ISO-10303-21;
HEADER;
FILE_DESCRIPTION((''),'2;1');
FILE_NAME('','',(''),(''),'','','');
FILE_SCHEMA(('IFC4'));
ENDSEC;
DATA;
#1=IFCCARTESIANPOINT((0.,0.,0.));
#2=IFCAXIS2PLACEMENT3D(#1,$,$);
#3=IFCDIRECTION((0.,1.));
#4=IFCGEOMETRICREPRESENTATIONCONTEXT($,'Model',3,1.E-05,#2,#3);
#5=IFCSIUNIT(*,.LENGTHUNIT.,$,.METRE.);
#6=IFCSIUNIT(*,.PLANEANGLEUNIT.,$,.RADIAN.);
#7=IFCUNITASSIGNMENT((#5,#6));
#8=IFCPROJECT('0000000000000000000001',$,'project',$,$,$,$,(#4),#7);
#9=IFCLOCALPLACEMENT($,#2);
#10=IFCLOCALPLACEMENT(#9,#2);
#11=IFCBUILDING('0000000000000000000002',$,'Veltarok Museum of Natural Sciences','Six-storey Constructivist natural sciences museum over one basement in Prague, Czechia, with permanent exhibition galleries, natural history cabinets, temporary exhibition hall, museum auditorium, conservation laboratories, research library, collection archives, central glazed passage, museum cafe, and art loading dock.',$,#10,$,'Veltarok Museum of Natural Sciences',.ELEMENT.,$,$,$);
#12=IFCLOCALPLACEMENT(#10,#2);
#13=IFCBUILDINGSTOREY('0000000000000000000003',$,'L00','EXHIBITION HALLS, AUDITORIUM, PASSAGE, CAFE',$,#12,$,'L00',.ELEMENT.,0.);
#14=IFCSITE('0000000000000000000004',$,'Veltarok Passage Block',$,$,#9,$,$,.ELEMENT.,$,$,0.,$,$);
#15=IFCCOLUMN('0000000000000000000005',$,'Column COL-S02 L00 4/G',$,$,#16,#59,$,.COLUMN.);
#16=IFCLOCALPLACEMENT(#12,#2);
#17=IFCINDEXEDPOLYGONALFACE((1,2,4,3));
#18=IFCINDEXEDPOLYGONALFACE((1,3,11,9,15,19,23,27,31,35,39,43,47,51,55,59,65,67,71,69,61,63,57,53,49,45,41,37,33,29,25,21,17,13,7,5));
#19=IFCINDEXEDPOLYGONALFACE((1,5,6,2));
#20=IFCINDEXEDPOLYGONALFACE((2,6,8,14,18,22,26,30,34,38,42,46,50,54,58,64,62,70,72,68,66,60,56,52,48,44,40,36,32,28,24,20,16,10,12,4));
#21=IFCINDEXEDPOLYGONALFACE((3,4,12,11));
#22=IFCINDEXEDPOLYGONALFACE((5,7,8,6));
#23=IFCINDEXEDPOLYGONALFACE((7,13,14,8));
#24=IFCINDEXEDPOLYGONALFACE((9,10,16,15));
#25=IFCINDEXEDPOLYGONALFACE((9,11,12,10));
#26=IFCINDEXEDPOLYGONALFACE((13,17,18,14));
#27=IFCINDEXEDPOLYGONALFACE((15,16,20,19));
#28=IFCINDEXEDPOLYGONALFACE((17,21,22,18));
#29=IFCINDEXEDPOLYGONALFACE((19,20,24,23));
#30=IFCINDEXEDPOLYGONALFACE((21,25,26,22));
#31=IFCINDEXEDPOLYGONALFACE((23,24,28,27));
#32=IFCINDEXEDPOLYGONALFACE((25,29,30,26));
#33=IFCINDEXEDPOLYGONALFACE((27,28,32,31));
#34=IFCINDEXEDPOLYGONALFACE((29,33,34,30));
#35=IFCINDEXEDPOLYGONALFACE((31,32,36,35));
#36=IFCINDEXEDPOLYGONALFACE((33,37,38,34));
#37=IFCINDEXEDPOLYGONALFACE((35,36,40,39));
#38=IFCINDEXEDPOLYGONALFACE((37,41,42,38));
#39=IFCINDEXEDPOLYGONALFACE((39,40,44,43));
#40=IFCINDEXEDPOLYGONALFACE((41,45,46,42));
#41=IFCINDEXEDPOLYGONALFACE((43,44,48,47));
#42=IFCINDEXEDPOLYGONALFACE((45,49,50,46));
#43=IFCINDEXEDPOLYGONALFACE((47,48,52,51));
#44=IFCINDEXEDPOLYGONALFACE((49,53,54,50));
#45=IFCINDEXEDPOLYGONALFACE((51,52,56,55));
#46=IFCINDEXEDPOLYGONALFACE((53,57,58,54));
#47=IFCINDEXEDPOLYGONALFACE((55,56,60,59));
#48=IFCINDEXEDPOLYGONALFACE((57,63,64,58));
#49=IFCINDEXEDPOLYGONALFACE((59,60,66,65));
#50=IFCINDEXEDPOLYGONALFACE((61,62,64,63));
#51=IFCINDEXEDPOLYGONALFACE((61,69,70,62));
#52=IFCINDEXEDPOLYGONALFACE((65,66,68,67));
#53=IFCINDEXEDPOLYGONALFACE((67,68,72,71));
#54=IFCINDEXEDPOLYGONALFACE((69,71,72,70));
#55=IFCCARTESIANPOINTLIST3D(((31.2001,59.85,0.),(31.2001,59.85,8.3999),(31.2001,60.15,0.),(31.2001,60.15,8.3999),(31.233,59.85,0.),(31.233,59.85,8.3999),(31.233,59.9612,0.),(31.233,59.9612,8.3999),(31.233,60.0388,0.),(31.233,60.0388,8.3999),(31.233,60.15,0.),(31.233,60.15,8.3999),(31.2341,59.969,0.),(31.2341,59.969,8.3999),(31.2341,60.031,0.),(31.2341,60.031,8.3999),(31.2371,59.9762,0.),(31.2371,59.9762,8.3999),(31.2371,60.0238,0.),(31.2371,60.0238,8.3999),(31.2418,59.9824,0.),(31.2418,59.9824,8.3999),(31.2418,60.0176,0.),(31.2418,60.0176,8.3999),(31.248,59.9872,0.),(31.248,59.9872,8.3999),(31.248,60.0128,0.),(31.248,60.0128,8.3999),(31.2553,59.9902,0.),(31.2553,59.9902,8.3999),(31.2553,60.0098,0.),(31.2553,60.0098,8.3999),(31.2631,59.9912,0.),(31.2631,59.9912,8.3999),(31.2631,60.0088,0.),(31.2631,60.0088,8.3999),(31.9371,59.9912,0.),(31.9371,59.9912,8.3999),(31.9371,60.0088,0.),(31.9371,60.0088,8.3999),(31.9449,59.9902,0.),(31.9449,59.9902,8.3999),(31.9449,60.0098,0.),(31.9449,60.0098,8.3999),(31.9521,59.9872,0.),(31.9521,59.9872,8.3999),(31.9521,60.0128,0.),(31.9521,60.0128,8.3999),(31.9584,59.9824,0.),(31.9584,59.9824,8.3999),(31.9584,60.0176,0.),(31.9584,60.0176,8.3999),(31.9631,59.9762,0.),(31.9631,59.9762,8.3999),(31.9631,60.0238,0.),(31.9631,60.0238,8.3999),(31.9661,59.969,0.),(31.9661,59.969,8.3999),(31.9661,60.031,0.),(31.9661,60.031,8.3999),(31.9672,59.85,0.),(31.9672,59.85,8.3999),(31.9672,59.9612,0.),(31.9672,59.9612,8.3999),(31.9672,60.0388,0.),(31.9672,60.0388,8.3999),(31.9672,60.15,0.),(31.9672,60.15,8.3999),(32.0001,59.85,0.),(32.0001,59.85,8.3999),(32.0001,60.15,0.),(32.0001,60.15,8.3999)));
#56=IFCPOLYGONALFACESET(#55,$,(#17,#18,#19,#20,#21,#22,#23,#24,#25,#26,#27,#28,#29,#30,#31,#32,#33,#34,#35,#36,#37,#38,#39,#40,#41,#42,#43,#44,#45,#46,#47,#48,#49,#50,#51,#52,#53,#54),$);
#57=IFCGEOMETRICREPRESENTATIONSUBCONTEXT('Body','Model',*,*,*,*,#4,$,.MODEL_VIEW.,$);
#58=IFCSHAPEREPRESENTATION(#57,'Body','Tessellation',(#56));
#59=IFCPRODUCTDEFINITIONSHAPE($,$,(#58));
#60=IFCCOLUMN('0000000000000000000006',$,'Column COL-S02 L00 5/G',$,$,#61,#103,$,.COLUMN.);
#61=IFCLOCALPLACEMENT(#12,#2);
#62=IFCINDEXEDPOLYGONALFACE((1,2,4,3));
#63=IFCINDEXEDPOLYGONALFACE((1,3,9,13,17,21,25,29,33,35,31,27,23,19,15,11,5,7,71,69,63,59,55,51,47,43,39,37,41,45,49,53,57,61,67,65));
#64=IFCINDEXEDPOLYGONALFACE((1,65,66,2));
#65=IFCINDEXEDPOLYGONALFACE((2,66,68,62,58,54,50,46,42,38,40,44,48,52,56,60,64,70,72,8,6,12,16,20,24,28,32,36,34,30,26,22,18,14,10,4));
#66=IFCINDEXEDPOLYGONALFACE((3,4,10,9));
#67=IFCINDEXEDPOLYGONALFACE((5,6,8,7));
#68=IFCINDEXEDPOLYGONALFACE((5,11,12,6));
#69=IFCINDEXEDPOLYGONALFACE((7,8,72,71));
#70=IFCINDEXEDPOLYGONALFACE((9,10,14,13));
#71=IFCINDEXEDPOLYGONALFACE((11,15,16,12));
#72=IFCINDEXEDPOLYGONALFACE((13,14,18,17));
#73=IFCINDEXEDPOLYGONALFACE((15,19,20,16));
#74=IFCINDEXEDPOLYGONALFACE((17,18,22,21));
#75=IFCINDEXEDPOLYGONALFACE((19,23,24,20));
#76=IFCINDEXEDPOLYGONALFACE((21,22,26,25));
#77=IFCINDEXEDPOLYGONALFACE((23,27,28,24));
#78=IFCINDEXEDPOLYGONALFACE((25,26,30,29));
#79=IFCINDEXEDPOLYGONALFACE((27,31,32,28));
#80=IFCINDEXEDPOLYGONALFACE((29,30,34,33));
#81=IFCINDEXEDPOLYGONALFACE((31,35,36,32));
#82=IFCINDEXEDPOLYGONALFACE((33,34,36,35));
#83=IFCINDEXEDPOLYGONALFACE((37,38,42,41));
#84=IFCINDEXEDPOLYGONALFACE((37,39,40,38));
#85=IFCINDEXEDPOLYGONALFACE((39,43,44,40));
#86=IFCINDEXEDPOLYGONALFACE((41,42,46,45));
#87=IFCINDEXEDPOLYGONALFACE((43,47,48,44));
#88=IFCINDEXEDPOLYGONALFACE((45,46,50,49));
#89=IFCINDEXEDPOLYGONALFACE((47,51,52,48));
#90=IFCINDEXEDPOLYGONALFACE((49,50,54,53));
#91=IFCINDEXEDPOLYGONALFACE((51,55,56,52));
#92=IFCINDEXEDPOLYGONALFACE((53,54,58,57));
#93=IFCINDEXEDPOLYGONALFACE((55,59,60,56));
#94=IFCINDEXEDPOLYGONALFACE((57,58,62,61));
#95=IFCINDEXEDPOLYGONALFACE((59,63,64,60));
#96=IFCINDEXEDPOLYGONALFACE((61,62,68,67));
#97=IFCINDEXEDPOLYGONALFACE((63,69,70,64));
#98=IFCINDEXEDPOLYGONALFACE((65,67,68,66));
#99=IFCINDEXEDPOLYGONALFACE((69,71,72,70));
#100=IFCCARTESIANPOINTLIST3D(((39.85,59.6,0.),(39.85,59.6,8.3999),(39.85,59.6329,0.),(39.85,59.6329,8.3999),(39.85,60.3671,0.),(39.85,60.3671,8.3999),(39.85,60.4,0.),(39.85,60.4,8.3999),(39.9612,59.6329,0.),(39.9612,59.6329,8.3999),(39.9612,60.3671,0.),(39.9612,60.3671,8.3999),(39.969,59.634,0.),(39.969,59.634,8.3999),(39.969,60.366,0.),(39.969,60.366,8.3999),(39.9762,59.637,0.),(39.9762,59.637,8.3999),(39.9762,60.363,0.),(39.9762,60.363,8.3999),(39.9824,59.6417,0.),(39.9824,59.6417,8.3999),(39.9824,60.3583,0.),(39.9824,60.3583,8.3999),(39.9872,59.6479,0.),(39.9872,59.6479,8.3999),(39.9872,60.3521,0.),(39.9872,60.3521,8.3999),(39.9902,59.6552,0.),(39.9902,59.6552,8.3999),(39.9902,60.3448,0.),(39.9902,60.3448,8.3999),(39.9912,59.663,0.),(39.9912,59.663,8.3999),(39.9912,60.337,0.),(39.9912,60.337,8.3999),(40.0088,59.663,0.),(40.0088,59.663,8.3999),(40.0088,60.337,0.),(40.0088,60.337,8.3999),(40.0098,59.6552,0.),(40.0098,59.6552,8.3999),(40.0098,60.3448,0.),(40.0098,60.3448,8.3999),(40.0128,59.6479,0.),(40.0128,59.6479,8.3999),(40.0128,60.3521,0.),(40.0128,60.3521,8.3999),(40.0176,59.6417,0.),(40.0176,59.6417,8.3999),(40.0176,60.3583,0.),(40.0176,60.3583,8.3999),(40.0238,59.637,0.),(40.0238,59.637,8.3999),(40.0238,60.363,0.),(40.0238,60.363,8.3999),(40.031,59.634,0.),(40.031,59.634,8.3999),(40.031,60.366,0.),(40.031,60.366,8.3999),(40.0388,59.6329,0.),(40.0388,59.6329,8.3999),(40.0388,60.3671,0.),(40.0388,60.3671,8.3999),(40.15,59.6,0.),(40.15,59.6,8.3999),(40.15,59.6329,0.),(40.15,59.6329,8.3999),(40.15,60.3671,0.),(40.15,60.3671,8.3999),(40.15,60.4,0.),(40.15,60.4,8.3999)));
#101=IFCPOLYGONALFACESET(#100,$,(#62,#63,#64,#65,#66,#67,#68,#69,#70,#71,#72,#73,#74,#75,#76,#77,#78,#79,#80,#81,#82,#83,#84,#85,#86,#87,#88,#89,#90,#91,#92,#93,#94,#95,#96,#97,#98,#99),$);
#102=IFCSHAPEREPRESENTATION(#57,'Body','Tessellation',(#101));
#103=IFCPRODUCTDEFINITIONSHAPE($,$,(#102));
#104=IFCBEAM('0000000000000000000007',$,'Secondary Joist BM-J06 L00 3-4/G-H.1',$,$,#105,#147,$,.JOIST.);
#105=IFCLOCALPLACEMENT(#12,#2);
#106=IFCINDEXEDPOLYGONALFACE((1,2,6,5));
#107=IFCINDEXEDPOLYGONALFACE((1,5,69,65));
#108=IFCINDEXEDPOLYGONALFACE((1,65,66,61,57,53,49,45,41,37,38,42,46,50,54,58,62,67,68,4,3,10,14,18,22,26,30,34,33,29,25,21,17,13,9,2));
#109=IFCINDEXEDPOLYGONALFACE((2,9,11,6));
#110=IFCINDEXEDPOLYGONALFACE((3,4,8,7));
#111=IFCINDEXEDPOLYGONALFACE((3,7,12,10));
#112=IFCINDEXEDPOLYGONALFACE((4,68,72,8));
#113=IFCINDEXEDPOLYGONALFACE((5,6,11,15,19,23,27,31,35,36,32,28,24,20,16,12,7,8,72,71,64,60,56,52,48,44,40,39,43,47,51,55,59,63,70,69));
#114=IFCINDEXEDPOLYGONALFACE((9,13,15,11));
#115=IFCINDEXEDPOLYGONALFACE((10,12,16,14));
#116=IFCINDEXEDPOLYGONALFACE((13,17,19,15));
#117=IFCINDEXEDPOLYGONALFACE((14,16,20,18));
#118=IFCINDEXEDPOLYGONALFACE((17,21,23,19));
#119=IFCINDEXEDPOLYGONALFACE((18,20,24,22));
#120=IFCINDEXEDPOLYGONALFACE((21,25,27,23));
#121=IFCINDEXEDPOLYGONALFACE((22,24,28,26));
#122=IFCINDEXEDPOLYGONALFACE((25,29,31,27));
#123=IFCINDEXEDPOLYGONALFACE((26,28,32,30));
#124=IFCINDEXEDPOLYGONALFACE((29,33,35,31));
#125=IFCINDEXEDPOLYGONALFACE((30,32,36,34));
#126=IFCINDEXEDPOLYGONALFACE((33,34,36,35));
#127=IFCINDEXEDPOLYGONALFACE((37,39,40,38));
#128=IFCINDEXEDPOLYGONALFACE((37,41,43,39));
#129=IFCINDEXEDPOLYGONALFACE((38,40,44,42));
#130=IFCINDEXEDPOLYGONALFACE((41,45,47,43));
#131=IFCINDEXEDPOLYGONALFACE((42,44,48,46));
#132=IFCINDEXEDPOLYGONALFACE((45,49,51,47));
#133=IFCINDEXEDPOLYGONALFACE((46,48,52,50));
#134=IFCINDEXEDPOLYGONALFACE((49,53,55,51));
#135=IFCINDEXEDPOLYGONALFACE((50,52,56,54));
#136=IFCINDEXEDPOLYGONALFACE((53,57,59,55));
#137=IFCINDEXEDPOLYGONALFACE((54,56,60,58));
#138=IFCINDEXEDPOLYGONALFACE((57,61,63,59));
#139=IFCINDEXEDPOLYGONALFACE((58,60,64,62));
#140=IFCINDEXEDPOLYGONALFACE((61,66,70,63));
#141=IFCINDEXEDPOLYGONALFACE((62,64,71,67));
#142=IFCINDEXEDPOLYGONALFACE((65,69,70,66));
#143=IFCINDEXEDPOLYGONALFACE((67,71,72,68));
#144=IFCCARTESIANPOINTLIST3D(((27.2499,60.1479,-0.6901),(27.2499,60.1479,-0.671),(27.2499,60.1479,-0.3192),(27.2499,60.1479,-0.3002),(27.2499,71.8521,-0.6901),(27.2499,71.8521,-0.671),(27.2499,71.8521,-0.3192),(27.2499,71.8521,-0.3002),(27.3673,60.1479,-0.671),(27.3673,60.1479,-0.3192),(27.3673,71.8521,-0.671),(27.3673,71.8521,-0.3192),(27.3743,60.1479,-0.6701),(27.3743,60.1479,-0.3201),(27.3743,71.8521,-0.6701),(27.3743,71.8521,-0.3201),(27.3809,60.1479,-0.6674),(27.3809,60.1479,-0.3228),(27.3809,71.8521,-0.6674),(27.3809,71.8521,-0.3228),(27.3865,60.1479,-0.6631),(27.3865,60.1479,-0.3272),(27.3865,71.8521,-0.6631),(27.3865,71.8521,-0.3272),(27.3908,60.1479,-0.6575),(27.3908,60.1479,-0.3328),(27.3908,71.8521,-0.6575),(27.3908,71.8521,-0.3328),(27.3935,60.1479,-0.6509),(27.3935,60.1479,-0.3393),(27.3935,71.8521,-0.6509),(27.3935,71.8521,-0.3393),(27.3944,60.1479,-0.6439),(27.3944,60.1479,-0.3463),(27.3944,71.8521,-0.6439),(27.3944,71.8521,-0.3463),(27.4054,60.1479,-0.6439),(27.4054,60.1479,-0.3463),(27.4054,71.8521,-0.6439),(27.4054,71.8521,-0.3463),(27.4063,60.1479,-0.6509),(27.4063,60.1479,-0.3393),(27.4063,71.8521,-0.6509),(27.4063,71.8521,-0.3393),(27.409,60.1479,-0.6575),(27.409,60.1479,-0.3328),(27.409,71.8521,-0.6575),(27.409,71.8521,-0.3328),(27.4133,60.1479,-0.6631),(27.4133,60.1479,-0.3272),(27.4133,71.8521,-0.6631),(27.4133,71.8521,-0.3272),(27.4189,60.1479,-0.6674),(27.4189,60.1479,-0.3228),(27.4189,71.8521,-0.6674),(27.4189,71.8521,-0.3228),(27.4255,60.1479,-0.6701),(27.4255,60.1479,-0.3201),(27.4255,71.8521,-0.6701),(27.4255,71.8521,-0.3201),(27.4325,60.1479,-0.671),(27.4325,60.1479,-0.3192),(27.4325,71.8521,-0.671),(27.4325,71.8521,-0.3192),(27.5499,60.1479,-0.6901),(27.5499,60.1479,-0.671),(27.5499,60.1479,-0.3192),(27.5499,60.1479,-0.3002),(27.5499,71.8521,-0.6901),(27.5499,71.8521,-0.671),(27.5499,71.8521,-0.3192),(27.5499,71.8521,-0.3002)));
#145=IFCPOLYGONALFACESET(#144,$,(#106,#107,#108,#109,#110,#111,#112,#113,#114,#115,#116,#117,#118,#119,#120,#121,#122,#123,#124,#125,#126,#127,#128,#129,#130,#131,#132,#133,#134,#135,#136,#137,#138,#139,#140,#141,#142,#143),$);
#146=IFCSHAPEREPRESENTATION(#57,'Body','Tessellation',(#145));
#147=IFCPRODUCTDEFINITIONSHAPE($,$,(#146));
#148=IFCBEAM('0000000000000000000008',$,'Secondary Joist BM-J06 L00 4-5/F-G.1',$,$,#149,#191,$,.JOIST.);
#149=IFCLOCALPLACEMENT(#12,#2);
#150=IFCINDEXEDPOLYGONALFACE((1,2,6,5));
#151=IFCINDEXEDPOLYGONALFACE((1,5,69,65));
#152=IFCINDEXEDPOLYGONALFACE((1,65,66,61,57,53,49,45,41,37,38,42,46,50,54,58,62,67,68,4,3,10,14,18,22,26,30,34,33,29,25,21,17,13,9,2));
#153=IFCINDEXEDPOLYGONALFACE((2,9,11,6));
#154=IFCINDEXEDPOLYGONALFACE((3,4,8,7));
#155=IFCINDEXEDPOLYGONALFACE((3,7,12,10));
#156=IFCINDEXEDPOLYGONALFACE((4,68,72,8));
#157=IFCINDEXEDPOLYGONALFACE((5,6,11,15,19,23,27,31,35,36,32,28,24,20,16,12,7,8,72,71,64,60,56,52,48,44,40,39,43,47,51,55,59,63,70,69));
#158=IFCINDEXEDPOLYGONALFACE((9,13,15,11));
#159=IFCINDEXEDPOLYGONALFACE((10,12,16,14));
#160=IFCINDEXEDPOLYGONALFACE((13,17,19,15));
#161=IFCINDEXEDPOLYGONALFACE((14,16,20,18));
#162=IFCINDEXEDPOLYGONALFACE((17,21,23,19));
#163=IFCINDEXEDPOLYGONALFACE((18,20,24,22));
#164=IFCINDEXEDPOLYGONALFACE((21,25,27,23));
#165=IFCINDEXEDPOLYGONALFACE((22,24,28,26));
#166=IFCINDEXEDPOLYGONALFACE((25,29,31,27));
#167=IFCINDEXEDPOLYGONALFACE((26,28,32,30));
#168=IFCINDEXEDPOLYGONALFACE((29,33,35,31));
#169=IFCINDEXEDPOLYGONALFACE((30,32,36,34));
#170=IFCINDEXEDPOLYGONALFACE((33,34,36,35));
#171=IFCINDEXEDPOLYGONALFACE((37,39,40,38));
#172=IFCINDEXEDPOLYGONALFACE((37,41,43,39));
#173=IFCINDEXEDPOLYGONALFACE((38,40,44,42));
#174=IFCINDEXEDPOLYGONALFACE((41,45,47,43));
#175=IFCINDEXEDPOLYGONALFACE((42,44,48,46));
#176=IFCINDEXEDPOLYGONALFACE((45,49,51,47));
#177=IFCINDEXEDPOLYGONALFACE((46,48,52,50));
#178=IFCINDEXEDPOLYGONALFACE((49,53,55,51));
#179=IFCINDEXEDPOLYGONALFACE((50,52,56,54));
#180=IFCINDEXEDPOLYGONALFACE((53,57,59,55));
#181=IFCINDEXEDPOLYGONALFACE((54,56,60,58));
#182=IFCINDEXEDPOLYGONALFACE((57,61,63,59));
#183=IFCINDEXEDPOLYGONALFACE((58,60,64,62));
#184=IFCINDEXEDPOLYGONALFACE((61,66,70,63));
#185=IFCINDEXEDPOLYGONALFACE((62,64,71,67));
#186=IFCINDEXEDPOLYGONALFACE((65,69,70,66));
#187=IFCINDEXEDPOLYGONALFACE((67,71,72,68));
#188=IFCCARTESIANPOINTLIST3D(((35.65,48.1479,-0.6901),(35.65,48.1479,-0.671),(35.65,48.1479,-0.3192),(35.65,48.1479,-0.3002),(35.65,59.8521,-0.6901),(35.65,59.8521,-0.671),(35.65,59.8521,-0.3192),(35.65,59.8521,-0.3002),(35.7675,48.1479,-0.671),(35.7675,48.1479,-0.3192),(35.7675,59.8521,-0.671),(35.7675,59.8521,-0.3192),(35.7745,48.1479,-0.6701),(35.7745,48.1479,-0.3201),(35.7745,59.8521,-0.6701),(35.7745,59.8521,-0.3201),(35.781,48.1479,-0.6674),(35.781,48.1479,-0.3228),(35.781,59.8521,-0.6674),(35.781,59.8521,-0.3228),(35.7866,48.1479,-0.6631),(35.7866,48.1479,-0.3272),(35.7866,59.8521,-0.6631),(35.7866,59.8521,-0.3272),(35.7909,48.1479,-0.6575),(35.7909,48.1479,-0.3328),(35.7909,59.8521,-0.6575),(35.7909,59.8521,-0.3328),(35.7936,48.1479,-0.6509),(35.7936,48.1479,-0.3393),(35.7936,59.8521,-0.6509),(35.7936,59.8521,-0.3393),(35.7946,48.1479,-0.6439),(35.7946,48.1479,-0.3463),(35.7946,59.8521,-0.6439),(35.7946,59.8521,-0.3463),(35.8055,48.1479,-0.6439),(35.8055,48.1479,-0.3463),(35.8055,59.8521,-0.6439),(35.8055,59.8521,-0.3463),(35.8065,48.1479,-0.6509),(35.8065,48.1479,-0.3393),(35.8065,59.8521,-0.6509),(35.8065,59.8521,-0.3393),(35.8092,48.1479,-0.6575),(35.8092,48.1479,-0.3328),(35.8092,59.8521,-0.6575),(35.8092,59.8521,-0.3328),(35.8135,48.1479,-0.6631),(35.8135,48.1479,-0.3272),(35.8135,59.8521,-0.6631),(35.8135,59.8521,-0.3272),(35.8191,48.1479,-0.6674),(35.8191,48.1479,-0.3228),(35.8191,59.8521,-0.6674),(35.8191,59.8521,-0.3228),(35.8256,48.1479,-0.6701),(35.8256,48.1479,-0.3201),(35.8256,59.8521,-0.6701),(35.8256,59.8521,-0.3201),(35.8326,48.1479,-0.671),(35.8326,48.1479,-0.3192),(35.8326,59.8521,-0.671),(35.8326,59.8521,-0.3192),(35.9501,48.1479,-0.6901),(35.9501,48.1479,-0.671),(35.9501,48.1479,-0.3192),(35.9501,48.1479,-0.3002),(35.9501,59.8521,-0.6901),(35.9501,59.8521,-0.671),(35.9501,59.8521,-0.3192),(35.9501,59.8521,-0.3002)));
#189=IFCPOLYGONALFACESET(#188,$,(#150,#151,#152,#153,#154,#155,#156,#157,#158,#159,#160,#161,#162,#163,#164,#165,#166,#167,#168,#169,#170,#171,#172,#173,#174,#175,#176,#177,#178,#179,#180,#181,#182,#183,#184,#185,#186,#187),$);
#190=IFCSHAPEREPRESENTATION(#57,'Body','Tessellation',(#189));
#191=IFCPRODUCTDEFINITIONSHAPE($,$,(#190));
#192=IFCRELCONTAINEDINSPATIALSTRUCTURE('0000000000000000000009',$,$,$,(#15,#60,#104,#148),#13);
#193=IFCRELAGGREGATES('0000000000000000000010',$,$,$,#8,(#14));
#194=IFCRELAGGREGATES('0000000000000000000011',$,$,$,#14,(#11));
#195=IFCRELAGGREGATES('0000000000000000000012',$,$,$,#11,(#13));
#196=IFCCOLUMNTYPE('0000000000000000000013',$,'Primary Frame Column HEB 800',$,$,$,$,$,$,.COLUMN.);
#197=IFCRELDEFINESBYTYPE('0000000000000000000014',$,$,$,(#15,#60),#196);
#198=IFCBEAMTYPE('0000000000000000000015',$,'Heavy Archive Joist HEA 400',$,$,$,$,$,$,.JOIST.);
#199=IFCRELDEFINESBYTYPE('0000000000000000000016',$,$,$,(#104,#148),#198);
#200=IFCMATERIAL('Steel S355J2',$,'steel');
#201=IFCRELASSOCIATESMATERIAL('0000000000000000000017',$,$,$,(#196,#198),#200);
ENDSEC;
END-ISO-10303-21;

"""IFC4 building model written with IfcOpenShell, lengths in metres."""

from ifc_helpers import new_model, si_unit, direction, frame, origin, origin_2d, place, context, subcontext, project, spatial, i_section, extrude, material, material_profile, profile_set, type_object, element, save


model = new_model("IFC4")

# Units and contexts
model_context = context("Model", 3, precision=1e-05, world=origin(), true_north=direction((0.0, 1.0)))
body_context = subcontext(model_context, "Body", "Model", "MODEL_VIEW")
ifc_project = project(units=[si_unit("LENGTHUNIT", "METRE"), si_unit("PLANEANGLEUNIT", "RADIAN")], contexts=[model_context])

# Site, building, storey
site_placement = place(None, origin())
site = spatial("IfcSite", under=ifc_project, at=site_placement, Name="Veltarok Passage Block", CompositionType="ELEMENT", RefElevation=0.0)
building_placement = place(site_placement, origin())
building = spatial("IfcBuilding", under=site, at=building_placement, Name="Veltarok Museum of Natural Sciences", Description="Six-storey Constructivist natural sciences museum over one basement in Prague, Czechia, with permanent exhibition galleries, natural history cabinets, temporary exhibition hall, museum auditorium, conservation laboratories, research library, collection archives, central glazed passage, museum cafe, and art loading dock.", LongName="Veltarok Museum of Natural Sciences", CompositionType="ELEMENT")
storey_placement = place(building_placement, origin())
storey = spatial("IfcBuildingStorey", under=building, at=storey_placement, Name="L00", Description="EXHIBITION HALLS, AUDITORIUM, PASSAGE, CAFE", LongName="L00", CompositionType="ELEMENT", Elevation=0.0)

# Columns
ifc_material_1 = material(Name="Steel S355J2", Category="steel")
ifc_material_profile_1 = material_profile(ifc_material_1, i_section(OverallWidth=0.3, OverallDepth=0.8, WebThickness=0.0176, FlangeThickness=0.033, FilletRadius=0.03, at=origin_2d()), Name="HEB 800")
ifc_profile_set_1 = profile_set([ifc_material_profile_1], Name="Steel S355J2")
column_type = type_object("IfcColumnType", Name="Primary Frame Column HEB 800", PredefinedType="COLUMN", material=ifc_profile_set_1)
for number, where, z_axis, x_axis, name in (
    (1, (31.6001, 60.0, 0.0), (0.0, 0.0, 1.0), (0.0, 1.0, 0.0), "Column COL-S02 L00 4/G"),
    (2, (40.0, 60.0, 0.0), (0.0, 0.0, 1.0), (1.0, 0.0, 0.0), "Column COL-S02 L00 5/G"),
):
    element("IfcColumn", number, at=place(storey_placement, frame(where, z_axis=z_axis, x_axis=x_axis)), inside=storey, type_object=column_type, Name=name, PredefinedType="COLUMN", context=body_context, shape_type="SweptSolid", body=[
        extrude(i_section(OverallWidth=0.3, OverallDepth=0.8, WebThickness=0.0176, FlangeThickness=0.033, FilletRadius=0.03, at=origin_2d()), origin(), (0.0, 0.0, 1.0), 8.3999),
    ])

# Beams
ifc_material_profile_2 = material_profile(ifc_material_1, i_section(OverallWidth=0.3, OverallDepth=0.3899, WebThickness=0.011, FlangeThickness=0.019, FilletRadius=0.0271, at=origin_2d()), Name="HEA 400")
ifc_profile_set_2 = profile_set([ifc_material_profile_2], Name="Steel S355J2")
beam_type_1 = type_object("IfcBeamType", Name="Heavy Archive Joist HEA 400", PredefinedType="JOIST", material=ifc_profile_set_2)
for number, where, z_axis, x_axis, name in (
    (3, (27.3999, 60.1479, -0.4951), (0.0, 1.0, 0.0), (-1.0, 0.0, 0.0), "Secondary Joist BM-J06 L00 3-4/G-H.1"),
    (4, (35.8, 48.1479, -0.4951), (0.0, 1.0, 0.0), (-1.0, 0.0, 0.0), "Secondary Joist BM-J06 L00 4-5/F-G.1"),
):
    element("IfcBeam", number, at=place(storey_placement, frame(where, z_axis=z_axis, x_axis=x_axis)), inside=storey, type_object=beam_type_1, Name=name, PredefinedType="JOIST", context=body_context, shape_type="SweptSolid", body=[
        extrude(i_section(OverallWidth=0.3, OverallDepth=0.3899, WebThickness=0.011, FlangeThickness=0.019, FilletRadius=0.0271, at=origin_2d()), origin(), (0.0, 0.0, 1.0), 11.7041),
    ])

save(model, "model.ifc")
